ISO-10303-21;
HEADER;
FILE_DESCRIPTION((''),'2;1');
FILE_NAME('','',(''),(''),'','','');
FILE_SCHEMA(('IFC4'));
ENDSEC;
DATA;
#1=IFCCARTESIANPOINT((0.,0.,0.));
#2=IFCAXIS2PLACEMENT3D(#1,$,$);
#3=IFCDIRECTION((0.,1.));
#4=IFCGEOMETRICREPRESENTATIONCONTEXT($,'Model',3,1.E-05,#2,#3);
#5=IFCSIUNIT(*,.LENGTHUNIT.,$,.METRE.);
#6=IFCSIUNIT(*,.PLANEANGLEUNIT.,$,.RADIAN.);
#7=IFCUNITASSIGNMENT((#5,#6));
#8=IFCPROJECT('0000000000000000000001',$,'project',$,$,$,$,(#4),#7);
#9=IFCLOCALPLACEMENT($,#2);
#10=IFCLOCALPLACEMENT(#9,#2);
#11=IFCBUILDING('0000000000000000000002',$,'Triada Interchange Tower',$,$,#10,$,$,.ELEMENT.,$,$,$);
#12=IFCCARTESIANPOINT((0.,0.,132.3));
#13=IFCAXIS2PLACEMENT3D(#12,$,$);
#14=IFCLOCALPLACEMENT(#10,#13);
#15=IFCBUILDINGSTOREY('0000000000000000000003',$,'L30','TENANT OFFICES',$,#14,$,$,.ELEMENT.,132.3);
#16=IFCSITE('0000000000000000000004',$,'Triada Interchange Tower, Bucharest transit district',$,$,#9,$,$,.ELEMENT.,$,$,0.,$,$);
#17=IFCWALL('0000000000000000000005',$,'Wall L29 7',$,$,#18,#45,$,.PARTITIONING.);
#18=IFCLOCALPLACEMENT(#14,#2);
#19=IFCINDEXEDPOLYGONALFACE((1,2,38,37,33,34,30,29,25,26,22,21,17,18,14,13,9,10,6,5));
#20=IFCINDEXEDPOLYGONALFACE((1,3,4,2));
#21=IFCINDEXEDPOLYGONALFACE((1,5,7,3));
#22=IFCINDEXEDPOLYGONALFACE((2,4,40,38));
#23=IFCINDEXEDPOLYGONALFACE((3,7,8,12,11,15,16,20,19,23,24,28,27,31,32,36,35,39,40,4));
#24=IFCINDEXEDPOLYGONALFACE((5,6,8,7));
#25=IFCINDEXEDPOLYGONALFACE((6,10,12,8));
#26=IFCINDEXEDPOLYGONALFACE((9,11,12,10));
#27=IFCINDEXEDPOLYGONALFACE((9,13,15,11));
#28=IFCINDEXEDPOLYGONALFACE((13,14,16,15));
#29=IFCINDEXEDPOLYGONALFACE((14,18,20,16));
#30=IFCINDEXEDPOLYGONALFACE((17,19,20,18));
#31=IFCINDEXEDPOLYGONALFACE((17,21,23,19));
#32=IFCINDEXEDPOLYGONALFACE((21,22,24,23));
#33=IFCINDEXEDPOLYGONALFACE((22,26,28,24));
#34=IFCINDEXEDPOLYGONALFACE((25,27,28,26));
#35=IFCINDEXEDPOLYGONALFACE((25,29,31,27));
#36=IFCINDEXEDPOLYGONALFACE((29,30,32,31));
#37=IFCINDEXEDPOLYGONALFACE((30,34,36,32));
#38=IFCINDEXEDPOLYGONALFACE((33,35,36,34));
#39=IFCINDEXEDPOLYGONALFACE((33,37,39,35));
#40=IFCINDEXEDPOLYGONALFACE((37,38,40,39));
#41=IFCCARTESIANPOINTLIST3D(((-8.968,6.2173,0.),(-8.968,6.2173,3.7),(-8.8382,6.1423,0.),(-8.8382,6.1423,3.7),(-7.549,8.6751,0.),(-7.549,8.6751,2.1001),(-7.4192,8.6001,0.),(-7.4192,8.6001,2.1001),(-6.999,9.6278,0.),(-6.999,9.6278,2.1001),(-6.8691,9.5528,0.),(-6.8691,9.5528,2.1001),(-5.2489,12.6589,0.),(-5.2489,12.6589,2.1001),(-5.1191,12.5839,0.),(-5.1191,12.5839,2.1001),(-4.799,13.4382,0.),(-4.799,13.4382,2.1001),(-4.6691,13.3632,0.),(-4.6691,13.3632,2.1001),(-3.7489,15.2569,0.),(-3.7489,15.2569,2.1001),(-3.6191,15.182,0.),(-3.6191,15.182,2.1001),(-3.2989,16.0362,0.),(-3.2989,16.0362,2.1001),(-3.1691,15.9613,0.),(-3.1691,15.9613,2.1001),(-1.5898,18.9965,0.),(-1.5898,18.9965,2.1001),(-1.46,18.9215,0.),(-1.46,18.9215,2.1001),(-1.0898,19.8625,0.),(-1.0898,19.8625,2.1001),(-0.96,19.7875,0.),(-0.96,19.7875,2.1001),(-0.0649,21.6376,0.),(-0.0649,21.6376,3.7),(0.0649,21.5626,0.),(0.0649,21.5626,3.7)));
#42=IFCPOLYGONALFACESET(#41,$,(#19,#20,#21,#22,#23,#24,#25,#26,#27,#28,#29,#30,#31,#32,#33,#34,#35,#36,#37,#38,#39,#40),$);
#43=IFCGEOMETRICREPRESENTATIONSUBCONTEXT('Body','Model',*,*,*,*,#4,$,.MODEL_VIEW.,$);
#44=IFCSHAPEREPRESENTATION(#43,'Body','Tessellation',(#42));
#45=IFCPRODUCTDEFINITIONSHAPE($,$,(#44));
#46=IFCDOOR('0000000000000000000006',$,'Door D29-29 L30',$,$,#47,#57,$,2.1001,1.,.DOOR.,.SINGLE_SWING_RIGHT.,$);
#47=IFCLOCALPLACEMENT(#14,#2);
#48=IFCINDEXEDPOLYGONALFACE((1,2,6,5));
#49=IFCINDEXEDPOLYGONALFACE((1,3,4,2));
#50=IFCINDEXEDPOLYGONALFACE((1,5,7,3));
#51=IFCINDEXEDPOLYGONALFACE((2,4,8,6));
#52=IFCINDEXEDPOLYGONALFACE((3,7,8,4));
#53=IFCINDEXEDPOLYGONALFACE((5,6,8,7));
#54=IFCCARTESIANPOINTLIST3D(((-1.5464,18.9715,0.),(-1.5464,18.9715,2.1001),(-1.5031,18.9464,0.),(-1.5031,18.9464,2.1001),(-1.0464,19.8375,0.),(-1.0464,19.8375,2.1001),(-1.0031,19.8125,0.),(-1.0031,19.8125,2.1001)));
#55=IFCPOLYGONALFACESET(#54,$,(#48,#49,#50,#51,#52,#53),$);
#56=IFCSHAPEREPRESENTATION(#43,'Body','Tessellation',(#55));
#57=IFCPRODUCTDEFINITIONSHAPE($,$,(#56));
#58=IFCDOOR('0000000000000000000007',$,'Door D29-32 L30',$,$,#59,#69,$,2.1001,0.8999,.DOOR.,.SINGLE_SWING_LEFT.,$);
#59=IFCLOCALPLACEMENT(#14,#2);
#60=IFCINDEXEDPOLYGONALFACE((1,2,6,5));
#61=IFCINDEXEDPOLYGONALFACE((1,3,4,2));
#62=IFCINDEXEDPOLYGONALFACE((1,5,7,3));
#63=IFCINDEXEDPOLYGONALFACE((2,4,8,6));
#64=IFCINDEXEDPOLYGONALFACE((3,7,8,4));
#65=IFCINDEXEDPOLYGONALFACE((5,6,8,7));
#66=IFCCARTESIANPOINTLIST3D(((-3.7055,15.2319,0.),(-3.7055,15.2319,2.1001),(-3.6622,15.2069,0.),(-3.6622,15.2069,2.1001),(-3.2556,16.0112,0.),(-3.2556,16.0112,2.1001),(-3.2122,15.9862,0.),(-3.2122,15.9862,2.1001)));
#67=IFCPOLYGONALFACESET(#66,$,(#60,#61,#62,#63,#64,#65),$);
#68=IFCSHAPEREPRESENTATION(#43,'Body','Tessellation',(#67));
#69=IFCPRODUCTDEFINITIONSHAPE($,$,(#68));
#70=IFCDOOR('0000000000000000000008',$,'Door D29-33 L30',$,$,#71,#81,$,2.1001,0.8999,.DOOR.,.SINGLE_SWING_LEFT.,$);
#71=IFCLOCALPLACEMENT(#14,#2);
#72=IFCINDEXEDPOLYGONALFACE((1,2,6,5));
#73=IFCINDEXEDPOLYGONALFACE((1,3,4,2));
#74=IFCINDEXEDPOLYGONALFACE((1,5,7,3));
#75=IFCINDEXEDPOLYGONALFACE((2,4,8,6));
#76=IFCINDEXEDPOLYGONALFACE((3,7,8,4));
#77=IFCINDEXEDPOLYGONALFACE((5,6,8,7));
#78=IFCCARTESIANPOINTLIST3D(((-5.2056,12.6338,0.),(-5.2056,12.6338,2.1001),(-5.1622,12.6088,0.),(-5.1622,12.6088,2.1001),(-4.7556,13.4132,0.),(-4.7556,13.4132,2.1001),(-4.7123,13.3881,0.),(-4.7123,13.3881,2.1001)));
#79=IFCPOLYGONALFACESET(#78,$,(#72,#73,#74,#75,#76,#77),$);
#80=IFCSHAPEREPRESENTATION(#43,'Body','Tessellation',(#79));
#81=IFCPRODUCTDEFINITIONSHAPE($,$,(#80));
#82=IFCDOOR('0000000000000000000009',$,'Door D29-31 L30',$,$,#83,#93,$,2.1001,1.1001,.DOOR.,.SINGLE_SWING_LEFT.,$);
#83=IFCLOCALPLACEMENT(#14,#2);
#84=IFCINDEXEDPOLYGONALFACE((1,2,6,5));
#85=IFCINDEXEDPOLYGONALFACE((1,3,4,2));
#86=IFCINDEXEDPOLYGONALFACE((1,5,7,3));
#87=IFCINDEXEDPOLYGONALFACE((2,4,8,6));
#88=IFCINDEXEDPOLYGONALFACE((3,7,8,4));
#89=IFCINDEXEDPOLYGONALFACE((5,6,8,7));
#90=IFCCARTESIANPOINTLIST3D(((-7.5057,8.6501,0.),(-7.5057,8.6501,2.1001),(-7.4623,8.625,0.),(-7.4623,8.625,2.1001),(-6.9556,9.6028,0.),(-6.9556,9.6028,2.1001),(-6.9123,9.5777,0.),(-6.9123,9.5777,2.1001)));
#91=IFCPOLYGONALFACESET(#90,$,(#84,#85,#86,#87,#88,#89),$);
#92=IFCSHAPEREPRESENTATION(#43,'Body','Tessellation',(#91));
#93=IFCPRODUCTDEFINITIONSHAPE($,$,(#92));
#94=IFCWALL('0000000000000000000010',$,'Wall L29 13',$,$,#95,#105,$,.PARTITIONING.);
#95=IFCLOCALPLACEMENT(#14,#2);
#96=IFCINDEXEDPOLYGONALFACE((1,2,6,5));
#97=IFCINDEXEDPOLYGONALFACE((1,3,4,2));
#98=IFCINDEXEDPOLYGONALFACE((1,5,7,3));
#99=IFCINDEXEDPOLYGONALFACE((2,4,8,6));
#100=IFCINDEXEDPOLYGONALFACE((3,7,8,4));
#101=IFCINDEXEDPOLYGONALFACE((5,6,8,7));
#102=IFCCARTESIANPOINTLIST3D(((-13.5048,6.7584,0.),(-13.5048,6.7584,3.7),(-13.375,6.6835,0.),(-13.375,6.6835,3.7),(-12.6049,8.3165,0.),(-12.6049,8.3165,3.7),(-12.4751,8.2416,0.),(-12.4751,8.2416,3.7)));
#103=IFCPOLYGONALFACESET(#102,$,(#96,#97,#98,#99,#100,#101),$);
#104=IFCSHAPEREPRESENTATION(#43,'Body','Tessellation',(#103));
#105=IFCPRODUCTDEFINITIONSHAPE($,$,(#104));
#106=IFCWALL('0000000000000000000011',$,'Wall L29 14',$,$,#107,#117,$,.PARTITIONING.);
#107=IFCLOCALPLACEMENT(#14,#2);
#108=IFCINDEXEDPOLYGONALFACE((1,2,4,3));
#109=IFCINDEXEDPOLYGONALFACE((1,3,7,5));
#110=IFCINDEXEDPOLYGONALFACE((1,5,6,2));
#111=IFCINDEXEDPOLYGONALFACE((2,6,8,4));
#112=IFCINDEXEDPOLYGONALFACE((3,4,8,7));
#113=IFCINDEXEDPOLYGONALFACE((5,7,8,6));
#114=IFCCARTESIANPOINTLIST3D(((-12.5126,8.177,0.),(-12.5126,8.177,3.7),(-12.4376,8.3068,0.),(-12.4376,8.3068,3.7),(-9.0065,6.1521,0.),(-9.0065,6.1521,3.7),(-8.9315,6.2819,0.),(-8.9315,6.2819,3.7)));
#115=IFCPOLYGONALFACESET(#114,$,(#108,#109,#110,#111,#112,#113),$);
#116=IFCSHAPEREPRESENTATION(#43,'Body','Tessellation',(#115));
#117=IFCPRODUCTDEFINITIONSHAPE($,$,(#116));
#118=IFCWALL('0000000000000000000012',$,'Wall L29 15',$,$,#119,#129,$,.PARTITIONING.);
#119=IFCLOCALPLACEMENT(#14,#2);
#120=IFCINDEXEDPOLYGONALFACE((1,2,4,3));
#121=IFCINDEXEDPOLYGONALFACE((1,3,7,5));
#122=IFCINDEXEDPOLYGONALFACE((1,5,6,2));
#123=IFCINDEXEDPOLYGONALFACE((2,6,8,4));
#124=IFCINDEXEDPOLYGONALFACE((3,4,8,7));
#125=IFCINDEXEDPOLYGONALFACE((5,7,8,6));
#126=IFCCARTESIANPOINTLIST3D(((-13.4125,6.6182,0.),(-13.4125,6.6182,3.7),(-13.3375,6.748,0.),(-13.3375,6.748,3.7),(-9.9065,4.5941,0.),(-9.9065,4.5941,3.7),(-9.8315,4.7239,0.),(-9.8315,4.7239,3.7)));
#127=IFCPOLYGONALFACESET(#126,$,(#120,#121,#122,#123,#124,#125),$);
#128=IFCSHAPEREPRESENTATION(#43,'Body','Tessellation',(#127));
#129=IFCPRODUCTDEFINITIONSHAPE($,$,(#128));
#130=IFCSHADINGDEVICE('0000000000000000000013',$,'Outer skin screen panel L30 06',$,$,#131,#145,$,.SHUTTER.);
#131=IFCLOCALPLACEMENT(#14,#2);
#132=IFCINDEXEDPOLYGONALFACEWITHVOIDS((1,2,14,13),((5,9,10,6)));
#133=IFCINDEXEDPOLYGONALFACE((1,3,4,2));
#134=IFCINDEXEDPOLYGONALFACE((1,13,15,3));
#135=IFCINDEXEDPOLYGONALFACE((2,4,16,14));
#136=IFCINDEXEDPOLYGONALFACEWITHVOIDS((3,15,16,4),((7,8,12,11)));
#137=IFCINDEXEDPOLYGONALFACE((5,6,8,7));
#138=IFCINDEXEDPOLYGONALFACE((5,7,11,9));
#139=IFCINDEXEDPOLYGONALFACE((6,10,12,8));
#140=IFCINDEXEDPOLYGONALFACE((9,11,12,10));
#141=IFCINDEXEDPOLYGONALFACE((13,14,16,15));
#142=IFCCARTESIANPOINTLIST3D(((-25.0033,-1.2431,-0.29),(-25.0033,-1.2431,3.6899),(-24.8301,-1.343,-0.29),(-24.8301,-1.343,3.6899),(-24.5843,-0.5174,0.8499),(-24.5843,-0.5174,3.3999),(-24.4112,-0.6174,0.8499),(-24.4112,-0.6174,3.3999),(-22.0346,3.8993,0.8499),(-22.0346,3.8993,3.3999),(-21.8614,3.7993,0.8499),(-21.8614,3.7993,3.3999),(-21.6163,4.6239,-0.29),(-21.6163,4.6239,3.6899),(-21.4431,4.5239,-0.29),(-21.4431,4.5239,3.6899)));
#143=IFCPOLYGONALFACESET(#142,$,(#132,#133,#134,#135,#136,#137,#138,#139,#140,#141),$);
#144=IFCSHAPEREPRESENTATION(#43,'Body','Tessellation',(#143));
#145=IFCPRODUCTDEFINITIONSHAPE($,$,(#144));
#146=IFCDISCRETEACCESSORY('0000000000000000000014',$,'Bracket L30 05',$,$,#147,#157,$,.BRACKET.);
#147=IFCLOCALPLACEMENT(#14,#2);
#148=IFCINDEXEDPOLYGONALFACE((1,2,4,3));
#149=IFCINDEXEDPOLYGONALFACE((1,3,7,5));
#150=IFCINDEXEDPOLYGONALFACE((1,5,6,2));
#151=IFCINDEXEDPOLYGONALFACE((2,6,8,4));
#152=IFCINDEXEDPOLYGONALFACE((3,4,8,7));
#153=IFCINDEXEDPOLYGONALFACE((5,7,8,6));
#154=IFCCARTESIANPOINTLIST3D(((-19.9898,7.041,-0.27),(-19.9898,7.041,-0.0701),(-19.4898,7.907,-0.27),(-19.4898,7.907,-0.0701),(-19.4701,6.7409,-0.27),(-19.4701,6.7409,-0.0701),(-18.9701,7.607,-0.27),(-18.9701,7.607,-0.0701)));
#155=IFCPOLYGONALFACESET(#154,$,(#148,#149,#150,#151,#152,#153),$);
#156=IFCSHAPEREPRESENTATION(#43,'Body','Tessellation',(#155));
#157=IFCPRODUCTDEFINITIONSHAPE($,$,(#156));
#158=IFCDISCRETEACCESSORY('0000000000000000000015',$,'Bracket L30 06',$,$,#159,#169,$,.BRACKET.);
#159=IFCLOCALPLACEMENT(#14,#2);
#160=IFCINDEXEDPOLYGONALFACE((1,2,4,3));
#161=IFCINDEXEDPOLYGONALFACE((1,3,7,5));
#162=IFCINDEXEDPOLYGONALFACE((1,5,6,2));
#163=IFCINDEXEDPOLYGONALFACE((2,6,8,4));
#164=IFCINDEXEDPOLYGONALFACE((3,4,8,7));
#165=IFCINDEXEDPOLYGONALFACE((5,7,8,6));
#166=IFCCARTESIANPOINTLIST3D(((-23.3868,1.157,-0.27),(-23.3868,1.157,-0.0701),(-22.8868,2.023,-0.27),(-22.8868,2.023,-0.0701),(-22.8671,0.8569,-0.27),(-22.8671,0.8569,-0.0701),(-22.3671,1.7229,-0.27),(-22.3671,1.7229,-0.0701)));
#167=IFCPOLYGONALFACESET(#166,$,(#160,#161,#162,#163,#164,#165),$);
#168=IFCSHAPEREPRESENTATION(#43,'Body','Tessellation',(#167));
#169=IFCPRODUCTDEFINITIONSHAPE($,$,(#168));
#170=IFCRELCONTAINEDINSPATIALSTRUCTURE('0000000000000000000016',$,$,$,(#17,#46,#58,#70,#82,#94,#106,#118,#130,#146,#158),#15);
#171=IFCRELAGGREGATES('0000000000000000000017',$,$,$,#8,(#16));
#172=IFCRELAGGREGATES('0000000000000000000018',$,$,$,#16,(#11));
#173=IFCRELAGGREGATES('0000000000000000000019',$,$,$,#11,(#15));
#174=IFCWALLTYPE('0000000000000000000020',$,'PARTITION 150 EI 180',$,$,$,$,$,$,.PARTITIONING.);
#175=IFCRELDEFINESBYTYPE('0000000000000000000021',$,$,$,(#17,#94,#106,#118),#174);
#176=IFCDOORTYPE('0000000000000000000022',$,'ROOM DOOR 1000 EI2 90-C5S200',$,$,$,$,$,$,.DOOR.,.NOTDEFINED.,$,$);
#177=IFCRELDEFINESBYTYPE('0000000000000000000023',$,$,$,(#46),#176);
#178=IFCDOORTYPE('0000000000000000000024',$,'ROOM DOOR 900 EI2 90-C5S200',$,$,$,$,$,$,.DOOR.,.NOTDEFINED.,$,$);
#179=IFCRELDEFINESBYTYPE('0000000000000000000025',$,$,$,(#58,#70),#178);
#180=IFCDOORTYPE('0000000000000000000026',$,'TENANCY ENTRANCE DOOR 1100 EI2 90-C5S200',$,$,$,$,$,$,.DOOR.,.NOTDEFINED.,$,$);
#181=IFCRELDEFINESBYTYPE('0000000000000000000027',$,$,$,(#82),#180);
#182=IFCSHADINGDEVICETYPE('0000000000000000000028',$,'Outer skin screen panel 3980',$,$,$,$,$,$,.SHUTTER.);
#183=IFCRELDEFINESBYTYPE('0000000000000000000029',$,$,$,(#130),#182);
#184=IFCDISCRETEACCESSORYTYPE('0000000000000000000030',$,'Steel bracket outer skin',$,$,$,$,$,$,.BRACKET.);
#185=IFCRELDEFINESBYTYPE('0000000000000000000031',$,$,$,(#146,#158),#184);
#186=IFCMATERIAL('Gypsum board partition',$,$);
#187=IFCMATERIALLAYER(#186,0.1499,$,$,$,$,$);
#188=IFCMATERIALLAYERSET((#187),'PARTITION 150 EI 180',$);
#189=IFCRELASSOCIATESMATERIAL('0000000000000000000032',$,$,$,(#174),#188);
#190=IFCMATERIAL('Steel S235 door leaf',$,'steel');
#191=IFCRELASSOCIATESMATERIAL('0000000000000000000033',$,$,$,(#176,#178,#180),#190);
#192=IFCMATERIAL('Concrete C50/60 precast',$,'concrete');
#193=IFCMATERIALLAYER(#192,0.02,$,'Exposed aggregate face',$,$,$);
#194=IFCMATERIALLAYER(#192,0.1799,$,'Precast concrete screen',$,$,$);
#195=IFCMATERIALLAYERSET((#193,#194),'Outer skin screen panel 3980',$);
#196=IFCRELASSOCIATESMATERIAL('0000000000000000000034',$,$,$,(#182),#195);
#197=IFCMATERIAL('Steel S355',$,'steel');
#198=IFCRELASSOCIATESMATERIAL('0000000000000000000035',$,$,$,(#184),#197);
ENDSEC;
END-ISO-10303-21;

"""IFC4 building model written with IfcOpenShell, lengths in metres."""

from ifc_helpers import new_model, si_unit, direction, frame, frame_2d, origin, origin_2d, place, context, subcontext, project, spatial, polyline, rectangle, outline, extrude, material, layer, layer_set, type_object, element, fill, save


model = new_model("IFC4")

# Units and contexts
model_context = context("Model", 3, precision=1e-05, world=origin(), true_north=direction((0.0, 1.0)))
body_context = subcontext(model_context, "Body", "Model", "MODEL_VIEW")
ifc_project = project(units=[si_unit("LENGTHUNIT", "METRE"), si_unit("PLANEANGLEUNIT", "RADIAN")], contexts=[model_context])

# Site, building, storey
site_placement = place(None, origin())
site = spatial("IfcSite", under=ifc_project, at=site_placement, Name="Triada Interchange Tower, Bucharest transit district", CompositionType="ELEMENT", RefElevation=0.0)
building_placement = place(site_placement, origin())
building = spatial("IfcBuilding", under=site, at=building_placement, Name="Triada Interchange Tower", CompositionType="ELEMENT")
storey_placement = place(building_placement, frame((0.0, 0.0, 132.3)))
storey = spatial("IfcBuildingStorey", under=building, at=storey_placement, Name="L30", Description="TENANT OFFICES", CompositionType="ELEMENT", Elevation=132.3)

# Shared definitions
ifc_material_1 = material(Name="Steel S235 door leaf", Category="steel")

# Shared definitions
ifc_material_2 = material(Name="Gypsum board partition")
ifc_layer_1 = layer(ifc_material_2, 0.1499)
ifc_layer_set_1 = layer_set([ifc_layer_1], Name="PARTITION 150 EI 180")
wall_type_1 = type_object("IfcWallType", Name="PARTITION 150 EI 180", PredefinedType="PARTITIONING", material=ifc_layer_set_1)

# Wall, openings, doors
wall_1_placement = place(storey_placement, frame((-8.9031, 6.1799, 0.0), z_axis=(0.0, 0.0, 1.0), x_axis=(0.50001, 0.86602, 0.0)))
wall_1 = element("IfcWall", 1, at=wall_1_placement, inside=storey, type_object=wall_type_1, Name="Wall L29 7", PredefinedType="PARTITIONING", context=body_context, shape_type="SweptSolid", body=[
    extrude(rectangle(XDim=17.8059, YDim=0.1499, at=frame_2d((8.9028, 0.0))), origin(), (0.0, 0.0, 1.0), 3.7),
])
opening_1_placement = place(wall_1_placement, frame((14.7561, 0.0, 0.0)))
opening_1 = element("IfcOpeningElement", 2, at=opening_1_placement, cuts=wall_1, PredefinedType="OPENING", context=body_context, shape_type="SweptSolid", body=[
    extrude(rectangle(XDim=1.0, YDim=2.1001, at=frame_2d((0.5, 1.05))), frame((0.0, 0.085, 0.0), z_axis=(0.0, -1.0, 0.0), x_axis=(1.0, 0.0, 0.0)), (0.0, 0.0, 1.0), 0.1699),
])
opening_2_placement = place(wall_1_placement, frame((2.8379, 0.0, 0.0)))
opening_2 = element("IfcOpeningElement", 3, at=opening_2_placement, cuts=wall_1, PredefinedType="OPENING", context=body_context, shape_type="SweptSolid", body=[
    extrude(rectangle(XDim=1.1001, YDim=2.1001, at=frame_2d((0.55, 1.05))), frame((0.0, 0.085, 0.0), z_axis=(0.0, -1.0, 0.0), x_axis=(1.0, 0.0, 0.0)), (0.0, 0.0, 1.0), 0.1699),
])
opening_3_placement = place(wall_1_placement, frame((10.438, 0.0, 0.0)))
opening_3 = element("IfcOpeningElement", 4, at=opening_3_placement, cuts=wall_1, PredefinedType="OPENING", context=body_context, shape_type="SweptSolid", body=[
    extrude(rectangle(XDim=0.8999, YDim=2.1001, at=frame_2d((0.45, 1.05))), frame((0.0, 0.085, 0.0), z_axis=(0.0, -1.0, 0.0), x_axis=(1.0, 0.0, 0.0)), (0.0, 0.0, 1.0), 0.1699),
])
opening_4_placement = place(wall_1_placement, frame((7.438, 0.0, 0.0)))
opening_4 = element("IfcOpeningElement", 5, at=opening_4_placement, cuts=wall_1, PredefinedType="OPENING", context=body_context, shape_type="SweptSolid", body=[
    extrude(rectangle(XDim=0.8999, YDim=2.1001, at=frame_2d((0.45, 1.05))), frame((0.0, 0.085, 0.0), z_axis=(0.0, -1.0, 0.0), x_axis=(1.0, 0.0, 0.0)), (0.0, 0.0, 1.0), 0.1699),
])
door_type_1 = type_object("IfcDoorType", Name="ROOM DOOR 1000 EI2 90-C5S200", OperationType="NOTDEFINED", PredefinedType="DOOR", material=ifc_material_1)
door_1_placement = place(opening_1_placement, origin())
door_1 = element("IfcDoor", 6, at=door_1_placement, inside=storey, type_object=door_type_1, Name="Door D29-29 L30", OperationType="SINGLE_SWING_RIGHT", OverallHeight=2.1001, OverallWidth=1.0, PredefinedType="DOOR", context=body_context, shape_type="SweptSolid", body=[
    extrude(rectangle(XDim=1.0, YDim=2.1001, at=frame_2d((0.5, 1.05))), frame((0.0, 0.0249, 0.0), z_axis=(0.0, -1.0, 0.0), x_axis=(1.0, 0.0, 0.0)), (0.0, 0.0, 1.0), 0.05),
])
fill(opening_1, door_1)
door_type_2 = type_object("IfcDoorType", Name="ROOM DOOR 900 EI2 90-C5S200", OperationType="NOTDEFINED", PredefinedType="DOOR", material=ifc_material_1)
door_2_placement = place(opening_3_placement, origin())
door_2 = element("IfcDoor", 7, at=door_2_placement, inside=storey, type_object=door_type_2, Name="Door D29-32 L30", OperationType="SINGLE_SWING_LEFT", OverallHeight=2.1001, OverallWidth=0.8999, PredefinedType="DOOR", context=body_context, shape_type="SweptSolid", body=[
    extrude(rectangle(XDim=0.8999, YDim=2.1001, at=frame_2d((0.45, 1.05))), frame((0.0, 0.0249, 0.0), z_axis=(0.0, -1.0, 0.0), x_axis=(1.0, 0.0, 0.0)), (0.0, 0.0, 1.0), 0.05),
])
fill(opening_3, door_2)
door_3_placement = place(opening_4_placement, origin())
door_3 = element("IfcDoor", 8, at=door_3_placement, inside=storey, type_object=door_type_2, Name="Door D29-33 L30", OperationType="SINGLE_SWING_LEFT", OverallHeight=2.1001, OverallWidth=0.8999, PredefinedType="DOOR", context=body_context, shape_type="SweptSolid", body=[
    extrude(rectangle(XDim=0.8999, YDim=2.1001, at=frame_2d((0.45, 1.05))), frame((0.0, 0.0249, 0.0), z_axis=(0.0, -1.0, 0.0), x_axis=(1.0, 0.0, 0.0)), (0.0, 0.0, 1.0), 0.05),
])
fill(opening_4, door_3)
door_type_3 = type_object("IfcDoorType", Name="TENANCY ENTRANCE DOOR 1100 EI2 90-C5S200", OperationType="NOTDEFINED", PredefinedType="DOOR", material=ifc_material_1)
door_4_placement = place(opening_2_placement, origin())
door_4 = element("IfcDoor", 9, at=door_4_placement, inside=storey, type_object=door_type_3, Name="Door D29-31 L30", OperationType="SINGLE_SWING_LEFT", OverallHeight=2.1001, OverallWidth=1.1001, PredefinedType="DOOR", context=body_context, shape_type="SweptSolid", body=[
    extrude(rectangle(XDim=1.1001, YDim=2.1001, at=frame_2d((0.55, 1.05))), frame((0.0, 0.0249, 0.0), z_axis=(0.0, -1.0, 0.0), x_axis=(1.0, 0.0, 0.0)), (0.0, 0.0, 1.0), 0.05),
])
fill(opening_2, door_4)

# Walls
wall_2_placement = place(storey_placement, frame((-13.4399, 6.7209, 0.0), z_axis=(0.0, 0.0, 1.0), x_axis=(0.500137, 0.865946, 0.0)))
element("IfcWall", 10, at=wall_2_placement, inside=storey, type_object=wall_type_1, Name="Wall L29 13", PredefinedType="PARTITIONING", context=body_context, shape_type="SweptSolid", body=[
    extrude(rectangle(XDim=1.7993, YDim=0.1499, at=frame_2d((0.8997, 0.0))), origin(), (0.0, 0.0, 1.0), 3.7),
])
wall_3_placement = place(storey_placement, frame((-12.4751, 8.2419, 0.0), z_axis=(0.0, 0.0, 1.0), x_axis=(0.865956, -0.500121, 0.0)))
element("IfcWall", 11, at=wall_3_placement, inside=storey, type_object=wall_type_1, Name="Wall L29 14", PredefinedType="PARTITIONING", context=body_context, shape_type="SweptSolid", body=[
    extrude(rectangle(XDim=4.0488, YDim=0.1499, at=frame_2d((2.0244, 0.0))), origin(), (0.0, 0.0, 1.0), 3.7),
])
wall_4_placement = place(storey_placement, frame((-13.375, 6.6831, 0.0), z_axis=(0.0, 0.0, 1.0), x_axis=(0.866034, -0.499985, 0.0)))
element("IfcWall", 12, at=wall_4_placement, inside=storey, type_object=wall_type_1, Name="Wall L29 15", PredefinedType="PARTITIONING", context=body_context, shape_type="SweptSolid", body=[
    extrude(rectangle(XDim=4.0483, YDim=0.1499, at=frame_2d((2.0242, 0.0))), origin(), (0.0, 0.0, 1.0), 3.7),
])

# Shading device
ifc_material_3 = material(Name="Concrete C50/60 precast", Category="concrete")
ifc_layer_2 = layer(ifc_material_3, 0.02, Name="Exposed aggregate face")
ifc_layer_3 = layer(ifc_material_3, 0.1799, Name="Precast concrete screen")
ifc_layer_set_2 = layer_set([ifc_layer_2, ifc_layer_3], Name="Outer skin screen panel 3980")
shading_device_type = type_object("IfcShadingDeviceType", Name="Outer skin screen panel 3980", PredefinedType="SHUTTER", material=ifc_layer_set_2)
shading_device_placement = place(storey_placement, frame((-21.4431, 4.5239, -0.29), z_axis=(0.0, 0.0, 1.0), x_axis=(-0.499965, -0.866046, 0.0)))
element("IfcShadingDevice", 13, at=shading_device_placement, inside=storey, type_object=shading_device_type, Name="Outer skin screen panel L30 06", PredefinedType="SHUTTER", context=body_context, shape_type="SweptSolid", body=[
    extrude(outline(polyline([(0.0, 0.0), (6.7744, 0.0), (6.7744, 3.98), (0.0, 3.98), (0.0, 0.0)]), holes=[polyline([(0.8367, 1.1399), (0.8367, 3.6899), (5.9365, 3.6899), (5.9365, 1.1399), (0.8367, 1.1399)])]), frame((0.0, 0.0, 0.0), z_axis=(0.0, -1.0, 0.0), x_axis=(1.0, 0.0, 0.0)), (0.0, 0.0, 1.0), 0.2),
])

# Discrete accessories
ifc_material_4 = material(Name="Steel S355", Category="steel")
discrete_accessory_type = type_object("IfcDiscreteAccessoryType", Name="Steel bracket outer skin", PredefinedType="BRACKET", material=ifc_material_4)
for number, where, z_axis, x_axis, name in (
    (14, (-19.48, 7.324, -0.27), (0.0, 0.0, 1.0), (-0.866023, 0.500004, 0.0), "Bracket L30 05"),
    (15, (-22.877, 1.4399, -0.27), (0.0, 0.0, 1.0), (-0.866023, 0.500004, 0.0), "Bracket L30 06"),
):
    element("IfcDiscreteAccessory", number, at=place(storey_placement, frame(where, z_axis=z_axis, x_axis=x_axis)), inside=storey, type_object=discrete_accessory_type, Name=name, PredefinedType="BRACKET", context=body_context, shape_type="SweptSolid", body=[
        extrude(rectangle(XDim=0.6001, YDim=1.0, at=origin_2d()), origin(), (0.0, 0.0, 1.0), 0.2),
    ])

save(model, "model.ifc")
